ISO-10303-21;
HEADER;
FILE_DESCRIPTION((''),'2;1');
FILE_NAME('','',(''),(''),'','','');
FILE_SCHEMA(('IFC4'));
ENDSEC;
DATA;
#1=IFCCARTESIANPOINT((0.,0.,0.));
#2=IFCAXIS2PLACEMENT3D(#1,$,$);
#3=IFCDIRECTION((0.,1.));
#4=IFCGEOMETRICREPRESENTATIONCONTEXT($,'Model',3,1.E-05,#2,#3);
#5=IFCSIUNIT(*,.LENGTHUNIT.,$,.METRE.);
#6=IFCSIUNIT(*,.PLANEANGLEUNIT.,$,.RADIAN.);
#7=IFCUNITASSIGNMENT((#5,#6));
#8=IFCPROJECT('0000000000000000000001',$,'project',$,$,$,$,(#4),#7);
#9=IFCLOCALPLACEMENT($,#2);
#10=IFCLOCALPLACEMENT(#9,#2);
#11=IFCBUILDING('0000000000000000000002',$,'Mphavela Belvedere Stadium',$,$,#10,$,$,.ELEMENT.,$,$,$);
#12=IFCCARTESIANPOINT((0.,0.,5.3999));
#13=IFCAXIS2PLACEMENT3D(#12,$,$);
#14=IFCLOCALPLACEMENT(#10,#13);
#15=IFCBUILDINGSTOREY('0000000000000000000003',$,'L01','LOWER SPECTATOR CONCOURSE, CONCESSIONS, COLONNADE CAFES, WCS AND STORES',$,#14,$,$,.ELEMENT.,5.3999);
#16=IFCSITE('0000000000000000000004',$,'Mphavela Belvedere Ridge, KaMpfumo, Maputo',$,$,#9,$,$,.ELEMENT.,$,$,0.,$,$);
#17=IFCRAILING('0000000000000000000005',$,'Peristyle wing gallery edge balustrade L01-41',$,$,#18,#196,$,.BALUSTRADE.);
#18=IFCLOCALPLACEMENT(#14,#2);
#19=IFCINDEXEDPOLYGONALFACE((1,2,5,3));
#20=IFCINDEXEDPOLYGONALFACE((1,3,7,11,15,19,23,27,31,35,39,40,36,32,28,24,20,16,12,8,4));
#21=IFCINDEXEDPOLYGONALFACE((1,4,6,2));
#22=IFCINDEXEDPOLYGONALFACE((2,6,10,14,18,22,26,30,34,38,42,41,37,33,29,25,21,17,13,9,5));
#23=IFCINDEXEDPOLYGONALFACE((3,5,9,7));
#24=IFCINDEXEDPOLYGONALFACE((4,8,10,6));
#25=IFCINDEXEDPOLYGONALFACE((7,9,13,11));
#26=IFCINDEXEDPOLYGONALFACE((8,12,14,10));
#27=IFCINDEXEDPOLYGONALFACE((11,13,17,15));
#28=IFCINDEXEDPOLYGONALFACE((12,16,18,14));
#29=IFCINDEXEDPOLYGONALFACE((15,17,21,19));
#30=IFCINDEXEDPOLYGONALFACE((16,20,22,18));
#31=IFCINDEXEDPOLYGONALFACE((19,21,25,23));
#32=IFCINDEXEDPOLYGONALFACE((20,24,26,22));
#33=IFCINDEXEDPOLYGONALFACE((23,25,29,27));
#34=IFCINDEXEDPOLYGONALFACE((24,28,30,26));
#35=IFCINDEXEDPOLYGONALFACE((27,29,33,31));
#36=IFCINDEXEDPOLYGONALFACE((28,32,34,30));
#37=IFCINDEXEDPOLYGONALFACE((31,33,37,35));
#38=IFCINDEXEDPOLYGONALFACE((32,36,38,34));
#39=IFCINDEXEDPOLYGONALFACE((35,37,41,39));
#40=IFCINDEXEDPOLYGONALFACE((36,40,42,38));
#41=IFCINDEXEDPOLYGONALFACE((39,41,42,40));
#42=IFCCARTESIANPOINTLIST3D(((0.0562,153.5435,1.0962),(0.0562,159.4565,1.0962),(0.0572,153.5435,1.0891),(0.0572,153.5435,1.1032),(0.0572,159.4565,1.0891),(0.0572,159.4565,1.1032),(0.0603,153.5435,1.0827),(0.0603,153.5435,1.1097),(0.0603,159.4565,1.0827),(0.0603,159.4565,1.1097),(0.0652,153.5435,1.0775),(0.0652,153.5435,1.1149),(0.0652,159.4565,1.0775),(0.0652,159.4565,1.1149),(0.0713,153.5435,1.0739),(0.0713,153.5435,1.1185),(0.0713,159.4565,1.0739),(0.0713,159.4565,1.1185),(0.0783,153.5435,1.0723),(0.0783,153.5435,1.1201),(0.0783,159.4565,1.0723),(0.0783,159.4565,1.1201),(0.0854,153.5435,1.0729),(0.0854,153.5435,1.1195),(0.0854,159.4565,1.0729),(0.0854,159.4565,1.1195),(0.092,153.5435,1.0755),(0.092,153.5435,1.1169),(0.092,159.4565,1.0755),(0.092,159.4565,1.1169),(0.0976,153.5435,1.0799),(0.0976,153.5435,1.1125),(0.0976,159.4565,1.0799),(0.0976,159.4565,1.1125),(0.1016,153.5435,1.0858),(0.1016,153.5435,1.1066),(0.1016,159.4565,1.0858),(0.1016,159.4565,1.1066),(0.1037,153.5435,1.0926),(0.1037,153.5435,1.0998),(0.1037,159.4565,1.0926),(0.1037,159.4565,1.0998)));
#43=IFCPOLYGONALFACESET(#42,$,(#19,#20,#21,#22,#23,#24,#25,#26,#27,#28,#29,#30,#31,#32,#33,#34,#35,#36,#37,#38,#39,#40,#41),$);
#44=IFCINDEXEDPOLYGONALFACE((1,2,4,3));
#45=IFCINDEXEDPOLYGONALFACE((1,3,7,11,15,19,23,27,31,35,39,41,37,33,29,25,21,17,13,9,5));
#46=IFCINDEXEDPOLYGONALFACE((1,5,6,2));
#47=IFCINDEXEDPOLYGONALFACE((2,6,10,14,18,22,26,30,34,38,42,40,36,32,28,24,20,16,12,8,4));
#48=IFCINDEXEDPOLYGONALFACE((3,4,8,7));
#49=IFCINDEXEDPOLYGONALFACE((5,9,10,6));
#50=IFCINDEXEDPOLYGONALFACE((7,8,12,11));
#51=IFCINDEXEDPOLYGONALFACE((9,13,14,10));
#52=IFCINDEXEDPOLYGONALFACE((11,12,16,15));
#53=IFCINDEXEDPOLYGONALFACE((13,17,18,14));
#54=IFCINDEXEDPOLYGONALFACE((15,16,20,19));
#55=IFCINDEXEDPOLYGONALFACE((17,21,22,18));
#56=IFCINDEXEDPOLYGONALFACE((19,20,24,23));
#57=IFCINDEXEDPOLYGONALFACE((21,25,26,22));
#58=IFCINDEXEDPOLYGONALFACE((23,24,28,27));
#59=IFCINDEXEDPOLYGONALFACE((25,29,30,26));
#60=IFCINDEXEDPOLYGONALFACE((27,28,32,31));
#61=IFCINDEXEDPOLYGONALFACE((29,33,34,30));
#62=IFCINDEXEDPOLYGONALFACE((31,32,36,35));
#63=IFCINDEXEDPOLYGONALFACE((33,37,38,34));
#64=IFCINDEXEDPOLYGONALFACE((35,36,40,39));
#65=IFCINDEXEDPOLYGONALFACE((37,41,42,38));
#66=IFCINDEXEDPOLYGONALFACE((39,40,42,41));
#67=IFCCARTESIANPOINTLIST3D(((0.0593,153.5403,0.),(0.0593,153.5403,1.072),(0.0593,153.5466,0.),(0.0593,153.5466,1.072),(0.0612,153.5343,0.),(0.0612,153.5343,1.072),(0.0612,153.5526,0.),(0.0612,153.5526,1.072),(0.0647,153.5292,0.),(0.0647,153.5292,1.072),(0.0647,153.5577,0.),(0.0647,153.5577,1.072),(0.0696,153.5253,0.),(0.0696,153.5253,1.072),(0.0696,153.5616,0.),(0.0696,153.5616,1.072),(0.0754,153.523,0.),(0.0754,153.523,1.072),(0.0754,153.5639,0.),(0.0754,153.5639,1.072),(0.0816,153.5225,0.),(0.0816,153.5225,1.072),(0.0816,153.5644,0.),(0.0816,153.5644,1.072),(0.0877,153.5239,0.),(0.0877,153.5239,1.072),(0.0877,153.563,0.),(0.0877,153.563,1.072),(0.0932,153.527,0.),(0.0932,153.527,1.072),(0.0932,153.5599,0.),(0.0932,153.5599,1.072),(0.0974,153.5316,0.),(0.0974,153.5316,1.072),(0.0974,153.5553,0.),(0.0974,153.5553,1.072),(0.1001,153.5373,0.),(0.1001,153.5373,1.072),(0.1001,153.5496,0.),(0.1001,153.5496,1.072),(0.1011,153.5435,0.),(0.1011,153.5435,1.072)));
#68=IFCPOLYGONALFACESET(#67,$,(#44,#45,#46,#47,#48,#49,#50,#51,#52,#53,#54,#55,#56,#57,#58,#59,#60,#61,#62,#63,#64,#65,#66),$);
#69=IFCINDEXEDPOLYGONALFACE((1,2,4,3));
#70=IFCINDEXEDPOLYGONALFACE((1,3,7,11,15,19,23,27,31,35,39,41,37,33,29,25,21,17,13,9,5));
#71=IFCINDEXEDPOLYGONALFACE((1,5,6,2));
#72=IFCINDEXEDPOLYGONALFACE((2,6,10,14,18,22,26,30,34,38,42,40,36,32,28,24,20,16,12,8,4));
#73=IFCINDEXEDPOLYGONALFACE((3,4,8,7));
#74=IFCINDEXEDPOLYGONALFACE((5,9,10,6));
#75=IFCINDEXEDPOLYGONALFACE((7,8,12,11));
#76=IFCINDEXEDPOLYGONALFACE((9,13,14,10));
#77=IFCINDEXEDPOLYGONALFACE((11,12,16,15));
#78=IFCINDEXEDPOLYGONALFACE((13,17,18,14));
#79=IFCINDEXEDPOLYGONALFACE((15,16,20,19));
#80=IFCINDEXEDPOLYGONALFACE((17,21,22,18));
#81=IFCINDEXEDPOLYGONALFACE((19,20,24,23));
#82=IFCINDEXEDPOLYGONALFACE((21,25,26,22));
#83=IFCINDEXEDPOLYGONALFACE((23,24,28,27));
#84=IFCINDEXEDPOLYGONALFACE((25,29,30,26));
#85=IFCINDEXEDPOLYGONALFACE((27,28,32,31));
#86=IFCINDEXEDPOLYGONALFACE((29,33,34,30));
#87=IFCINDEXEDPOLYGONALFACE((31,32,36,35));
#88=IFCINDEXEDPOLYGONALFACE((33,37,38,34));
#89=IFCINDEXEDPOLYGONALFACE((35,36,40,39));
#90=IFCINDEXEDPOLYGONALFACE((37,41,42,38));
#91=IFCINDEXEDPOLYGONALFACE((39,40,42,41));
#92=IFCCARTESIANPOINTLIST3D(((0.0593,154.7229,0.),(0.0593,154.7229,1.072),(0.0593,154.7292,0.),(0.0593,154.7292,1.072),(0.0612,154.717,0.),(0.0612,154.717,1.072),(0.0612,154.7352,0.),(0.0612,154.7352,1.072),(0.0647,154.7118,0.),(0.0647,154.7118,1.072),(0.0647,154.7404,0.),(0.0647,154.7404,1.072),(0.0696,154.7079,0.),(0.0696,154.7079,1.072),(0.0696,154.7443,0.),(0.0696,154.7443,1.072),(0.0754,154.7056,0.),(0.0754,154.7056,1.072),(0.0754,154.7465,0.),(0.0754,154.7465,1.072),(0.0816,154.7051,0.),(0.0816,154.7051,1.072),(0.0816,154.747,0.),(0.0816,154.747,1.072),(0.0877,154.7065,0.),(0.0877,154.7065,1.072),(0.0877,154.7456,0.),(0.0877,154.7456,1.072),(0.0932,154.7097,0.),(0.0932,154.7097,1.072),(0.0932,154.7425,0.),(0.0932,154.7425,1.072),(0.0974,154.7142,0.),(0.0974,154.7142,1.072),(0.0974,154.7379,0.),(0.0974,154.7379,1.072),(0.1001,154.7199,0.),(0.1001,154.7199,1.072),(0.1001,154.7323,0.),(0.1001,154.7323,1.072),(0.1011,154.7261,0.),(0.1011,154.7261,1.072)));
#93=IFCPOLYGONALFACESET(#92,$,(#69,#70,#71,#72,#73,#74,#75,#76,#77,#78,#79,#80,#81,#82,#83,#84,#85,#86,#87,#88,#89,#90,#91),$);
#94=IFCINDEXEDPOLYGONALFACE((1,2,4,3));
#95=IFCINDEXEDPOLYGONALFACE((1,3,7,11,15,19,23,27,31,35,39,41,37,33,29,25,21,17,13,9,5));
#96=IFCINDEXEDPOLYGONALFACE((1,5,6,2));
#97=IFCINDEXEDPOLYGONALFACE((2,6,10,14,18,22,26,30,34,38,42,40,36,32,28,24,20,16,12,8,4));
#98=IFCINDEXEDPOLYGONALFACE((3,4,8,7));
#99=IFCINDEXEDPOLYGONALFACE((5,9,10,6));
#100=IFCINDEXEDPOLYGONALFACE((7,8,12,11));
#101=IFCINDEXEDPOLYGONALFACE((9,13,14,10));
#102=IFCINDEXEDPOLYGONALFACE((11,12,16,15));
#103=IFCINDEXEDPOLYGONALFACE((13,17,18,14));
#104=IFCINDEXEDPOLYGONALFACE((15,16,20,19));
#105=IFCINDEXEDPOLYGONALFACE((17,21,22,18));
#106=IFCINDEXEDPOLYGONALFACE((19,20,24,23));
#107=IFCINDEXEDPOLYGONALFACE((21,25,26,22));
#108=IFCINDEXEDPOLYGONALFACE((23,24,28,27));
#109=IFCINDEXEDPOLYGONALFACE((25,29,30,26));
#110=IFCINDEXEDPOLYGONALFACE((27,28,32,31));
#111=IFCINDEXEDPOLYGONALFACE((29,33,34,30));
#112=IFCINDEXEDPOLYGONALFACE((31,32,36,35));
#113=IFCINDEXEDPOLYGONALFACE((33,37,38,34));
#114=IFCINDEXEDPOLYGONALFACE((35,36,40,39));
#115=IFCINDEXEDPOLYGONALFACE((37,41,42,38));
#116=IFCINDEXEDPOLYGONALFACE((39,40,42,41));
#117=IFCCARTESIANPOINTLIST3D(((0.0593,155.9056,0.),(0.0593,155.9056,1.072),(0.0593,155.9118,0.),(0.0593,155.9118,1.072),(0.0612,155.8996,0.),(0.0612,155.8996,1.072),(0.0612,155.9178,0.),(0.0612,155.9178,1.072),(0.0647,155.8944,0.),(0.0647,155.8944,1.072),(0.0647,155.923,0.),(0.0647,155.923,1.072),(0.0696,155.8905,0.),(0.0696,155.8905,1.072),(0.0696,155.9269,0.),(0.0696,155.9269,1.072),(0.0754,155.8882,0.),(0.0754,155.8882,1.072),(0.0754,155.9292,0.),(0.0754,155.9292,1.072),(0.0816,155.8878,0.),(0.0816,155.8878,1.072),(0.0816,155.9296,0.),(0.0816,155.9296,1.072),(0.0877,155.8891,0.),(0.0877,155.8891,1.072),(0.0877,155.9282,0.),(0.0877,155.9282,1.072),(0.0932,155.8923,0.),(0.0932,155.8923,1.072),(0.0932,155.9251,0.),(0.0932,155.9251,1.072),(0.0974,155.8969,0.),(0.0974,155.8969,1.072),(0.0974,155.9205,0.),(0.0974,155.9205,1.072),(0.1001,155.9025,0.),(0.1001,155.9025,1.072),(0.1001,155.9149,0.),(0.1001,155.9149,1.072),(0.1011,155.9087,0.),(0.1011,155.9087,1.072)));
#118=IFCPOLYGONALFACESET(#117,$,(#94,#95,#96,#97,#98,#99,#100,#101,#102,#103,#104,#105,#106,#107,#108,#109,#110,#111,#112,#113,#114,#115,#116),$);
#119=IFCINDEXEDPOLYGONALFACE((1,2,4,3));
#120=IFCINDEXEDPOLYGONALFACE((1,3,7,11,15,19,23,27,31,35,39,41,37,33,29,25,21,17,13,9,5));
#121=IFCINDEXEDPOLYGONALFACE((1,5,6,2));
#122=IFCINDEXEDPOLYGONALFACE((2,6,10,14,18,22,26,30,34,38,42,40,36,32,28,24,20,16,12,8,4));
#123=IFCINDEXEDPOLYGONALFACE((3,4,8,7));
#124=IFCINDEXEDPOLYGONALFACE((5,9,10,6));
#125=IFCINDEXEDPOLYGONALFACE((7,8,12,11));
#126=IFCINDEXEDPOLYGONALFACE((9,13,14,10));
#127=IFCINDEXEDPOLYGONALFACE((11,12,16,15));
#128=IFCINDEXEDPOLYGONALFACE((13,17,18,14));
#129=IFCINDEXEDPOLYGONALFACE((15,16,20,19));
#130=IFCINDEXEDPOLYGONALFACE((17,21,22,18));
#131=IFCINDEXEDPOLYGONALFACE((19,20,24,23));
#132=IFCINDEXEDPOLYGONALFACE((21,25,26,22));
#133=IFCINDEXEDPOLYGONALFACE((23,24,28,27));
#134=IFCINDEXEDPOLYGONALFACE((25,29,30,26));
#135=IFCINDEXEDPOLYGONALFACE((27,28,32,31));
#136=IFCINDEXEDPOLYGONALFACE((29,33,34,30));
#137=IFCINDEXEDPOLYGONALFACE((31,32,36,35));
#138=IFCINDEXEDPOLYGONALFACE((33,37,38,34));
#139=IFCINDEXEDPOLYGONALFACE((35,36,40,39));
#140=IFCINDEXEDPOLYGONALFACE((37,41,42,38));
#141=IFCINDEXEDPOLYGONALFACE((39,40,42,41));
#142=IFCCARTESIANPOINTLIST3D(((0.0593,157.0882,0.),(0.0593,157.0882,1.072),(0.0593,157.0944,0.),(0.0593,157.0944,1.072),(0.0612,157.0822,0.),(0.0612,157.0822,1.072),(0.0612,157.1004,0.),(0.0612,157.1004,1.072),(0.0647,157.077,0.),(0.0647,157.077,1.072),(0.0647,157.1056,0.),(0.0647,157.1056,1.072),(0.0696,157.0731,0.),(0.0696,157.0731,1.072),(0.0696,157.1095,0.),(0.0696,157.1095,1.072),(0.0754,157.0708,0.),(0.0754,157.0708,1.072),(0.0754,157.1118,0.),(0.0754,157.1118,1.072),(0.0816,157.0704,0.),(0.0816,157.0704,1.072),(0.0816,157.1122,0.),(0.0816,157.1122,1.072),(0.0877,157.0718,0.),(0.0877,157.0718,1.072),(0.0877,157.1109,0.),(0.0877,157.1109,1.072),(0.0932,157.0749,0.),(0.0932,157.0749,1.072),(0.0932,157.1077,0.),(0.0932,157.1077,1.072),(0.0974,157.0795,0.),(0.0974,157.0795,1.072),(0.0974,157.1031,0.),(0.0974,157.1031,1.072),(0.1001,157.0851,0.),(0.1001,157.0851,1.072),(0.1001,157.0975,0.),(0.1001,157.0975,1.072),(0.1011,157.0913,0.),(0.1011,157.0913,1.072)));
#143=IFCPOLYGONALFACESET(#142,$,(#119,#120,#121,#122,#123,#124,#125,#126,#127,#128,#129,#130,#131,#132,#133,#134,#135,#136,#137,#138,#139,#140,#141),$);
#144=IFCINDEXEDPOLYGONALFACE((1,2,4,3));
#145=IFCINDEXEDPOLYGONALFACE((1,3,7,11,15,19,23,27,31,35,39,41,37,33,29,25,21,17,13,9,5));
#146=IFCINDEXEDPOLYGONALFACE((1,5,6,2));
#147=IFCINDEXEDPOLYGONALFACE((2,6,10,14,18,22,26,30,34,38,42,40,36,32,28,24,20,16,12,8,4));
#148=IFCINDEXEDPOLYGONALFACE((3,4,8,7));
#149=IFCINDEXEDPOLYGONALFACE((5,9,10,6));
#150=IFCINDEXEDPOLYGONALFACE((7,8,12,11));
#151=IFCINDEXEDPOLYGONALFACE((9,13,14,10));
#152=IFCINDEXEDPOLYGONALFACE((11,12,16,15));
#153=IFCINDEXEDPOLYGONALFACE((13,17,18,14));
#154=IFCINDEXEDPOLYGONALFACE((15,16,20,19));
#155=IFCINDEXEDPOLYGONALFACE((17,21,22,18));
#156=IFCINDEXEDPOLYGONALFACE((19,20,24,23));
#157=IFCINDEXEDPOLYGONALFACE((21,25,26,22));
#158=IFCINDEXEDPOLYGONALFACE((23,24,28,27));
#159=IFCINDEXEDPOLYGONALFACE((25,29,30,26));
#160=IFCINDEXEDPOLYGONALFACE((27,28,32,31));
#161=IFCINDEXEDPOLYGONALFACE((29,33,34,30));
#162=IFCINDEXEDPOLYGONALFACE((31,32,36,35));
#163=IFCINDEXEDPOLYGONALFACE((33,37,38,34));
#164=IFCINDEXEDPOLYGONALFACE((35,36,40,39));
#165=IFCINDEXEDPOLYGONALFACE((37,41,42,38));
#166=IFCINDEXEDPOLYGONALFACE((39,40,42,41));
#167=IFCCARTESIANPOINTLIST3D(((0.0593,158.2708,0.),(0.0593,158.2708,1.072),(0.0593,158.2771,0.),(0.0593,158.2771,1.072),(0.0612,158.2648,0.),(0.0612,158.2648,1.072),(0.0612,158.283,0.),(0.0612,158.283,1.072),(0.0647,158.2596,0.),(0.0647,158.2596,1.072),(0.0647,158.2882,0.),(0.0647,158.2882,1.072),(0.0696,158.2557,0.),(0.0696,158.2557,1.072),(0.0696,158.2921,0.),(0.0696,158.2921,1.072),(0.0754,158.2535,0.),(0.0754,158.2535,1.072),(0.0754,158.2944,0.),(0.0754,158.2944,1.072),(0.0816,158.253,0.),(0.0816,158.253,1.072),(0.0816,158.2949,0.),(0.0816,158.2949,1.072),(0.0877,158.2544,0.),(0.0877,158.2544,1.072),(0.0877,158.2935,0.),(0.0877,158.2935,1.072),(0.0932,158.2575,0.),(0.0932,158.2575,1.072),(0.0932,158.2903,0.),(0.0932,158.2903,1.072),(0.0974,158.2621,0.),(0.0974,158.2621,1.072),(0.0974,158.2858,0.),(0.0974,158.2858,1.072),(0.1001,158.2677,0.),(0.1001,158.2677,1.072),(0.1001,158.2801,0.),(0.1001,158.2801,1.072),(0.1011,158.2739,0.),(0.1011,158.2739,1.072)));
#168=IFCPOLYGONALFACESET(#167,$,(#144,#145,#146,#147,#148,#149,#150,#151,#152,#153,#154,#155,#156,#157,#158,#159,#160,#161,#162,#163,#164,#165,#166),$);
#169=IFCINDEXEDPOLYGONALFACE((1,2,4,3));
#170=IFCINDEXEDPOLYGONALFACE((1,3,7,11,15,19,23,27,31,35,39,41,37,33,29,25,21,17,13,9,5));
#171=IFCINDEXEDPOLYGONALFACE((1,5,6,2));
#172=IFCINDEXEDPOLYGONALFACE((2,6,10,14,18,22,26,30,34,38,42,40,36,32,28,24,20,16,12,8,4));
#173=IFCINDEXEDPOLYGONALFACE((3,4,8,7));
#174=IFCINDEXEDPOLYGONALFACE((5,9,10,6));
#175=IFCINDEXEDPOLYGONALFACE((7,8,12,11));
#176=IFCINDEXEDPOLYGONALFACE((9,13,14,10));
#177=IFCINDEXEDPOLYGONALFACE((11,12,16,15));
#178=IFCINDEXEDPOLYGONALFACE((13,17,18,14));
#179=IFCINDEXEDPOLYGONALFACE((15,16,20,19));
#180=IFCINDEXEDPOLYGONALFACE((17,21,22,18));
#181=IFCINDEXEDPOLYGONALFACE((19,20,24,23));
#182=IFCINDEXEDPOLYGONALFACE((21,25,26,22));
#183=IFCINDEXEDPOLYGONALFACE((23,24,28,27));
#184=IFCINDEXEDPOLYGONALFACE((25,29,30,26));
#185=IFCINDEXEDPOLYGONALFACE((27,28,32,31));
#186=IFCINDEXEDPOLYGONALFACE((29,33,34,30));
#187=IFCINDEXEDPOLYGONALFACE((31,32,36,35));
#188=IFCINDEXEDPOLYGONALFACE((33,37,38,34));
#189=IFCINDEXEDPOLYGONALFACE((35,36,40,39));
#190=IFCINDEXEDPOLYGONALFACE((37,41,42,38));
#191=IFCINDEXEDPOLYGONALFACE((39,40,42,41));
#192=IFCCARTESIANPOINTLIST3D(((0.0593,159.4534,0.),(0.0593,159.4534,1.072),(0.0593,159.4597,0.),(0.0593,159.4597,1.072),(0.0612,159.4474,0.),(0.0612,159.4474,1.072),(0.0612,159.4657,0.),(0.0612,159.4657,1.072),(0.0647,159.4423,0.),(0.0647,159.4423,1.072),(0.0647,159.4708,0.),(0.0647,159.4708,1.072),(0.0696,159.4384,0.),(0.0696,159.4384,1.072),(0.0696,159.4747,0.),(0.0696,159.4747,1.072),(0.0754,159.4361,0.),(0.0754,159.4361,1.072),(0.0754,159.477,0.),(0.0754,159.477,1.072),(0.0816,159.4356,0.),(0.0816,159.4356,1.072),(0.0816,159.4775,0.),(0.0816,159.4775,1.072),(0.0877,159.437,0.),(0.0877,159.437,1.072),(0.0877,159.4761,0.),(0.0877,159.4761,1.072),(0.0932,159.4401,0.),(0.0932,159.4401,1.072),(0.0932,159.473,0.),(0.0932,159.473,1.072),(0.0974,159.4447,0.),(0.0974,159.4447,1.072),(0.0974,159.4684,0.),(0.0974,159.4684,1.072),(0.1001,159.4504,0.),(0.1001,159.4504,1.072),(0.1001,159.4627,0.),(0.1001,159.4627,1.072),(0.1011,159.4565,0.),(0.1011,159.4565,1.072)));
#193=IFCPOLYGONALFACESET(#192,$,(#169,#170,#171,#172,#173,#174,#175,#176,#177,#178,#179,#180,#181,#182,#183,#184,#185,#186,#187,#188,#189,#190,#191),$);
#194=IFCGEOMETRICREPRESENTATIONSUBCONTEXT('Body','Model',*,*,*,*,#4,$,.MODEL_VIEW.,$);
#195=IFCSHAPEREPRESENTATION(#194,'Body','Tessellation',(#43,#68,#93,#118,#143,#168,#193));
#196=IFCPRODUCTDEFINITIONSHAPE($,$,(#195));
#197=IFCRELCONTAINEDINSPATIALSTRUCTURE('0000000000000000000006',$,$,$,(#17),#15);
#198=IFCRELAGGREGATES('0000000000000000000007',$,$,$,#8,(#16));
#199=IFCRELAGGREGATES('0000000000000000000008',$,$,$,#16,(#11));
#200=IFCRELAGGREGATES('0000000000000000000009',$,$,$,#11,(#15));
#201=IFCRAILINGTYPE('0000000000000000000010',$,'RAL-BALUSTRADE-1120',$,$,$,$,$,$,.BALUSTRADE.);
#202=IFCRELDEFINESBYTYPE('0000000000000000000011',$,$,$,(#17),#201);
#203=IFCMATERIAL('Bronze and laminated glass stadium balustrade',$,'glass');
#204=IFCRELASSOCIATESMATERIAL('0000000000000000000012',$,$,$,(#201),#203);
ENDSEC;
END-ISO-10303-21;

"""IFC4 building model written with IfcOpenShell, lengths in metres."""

from ifc_helpers import new_model, si_unit, direction, frame, origin, origin_2d, place, context, subcontext, project, spatial, circle, extrude, material, type_object, element, save


model = new_model("IFC4")

# Units and contexts
model_context = context("Model", 3, precision=1e-05, world=origin(), true_north=direction((0.0, 1.0)))
body_context = subcontext(model_context, "Body", "Model", "MODEL_VIEW")
ifc_project = project(units=[si_unit("LENGTHUNIT", "METRE"), si_unit("PLANEANGLEUNIT", "RADIAN")], contexts=[model_context])

# Site, building, storey
site_placement = place(None, origin())
site = spatial("IfcSite", under=ifc_project, at=site_placement, Name="Mphavela Belvedere Ridge, KaMpfumo, Maputo", CompositionType="ELEMENT", RefElevation=0.0)
building_placement = place(site_placement, origin())
building = spatial("IfcBuilding", under=site, at=building_placement, Name="Mphavela Belvedere Stadium", CompositionType="ELEMENT")
storey_placement = place(building_placement, frame((0.0, 0.0, 5.3999)))
storey = spatial("IfcBuildingStorey", under=building, at=storey_placement, Name="L01", Description="LOWER SPECTATOR CONCOURSE, CONCESSIONS, COLONNADE CAFES, WCS AND STORES", CompositionType="ELEMENT", Elevation=5.3999)

# Railing
ifc_material_1 = material(Name="Bronze and laminated glass stadium balustrade", Category="glass")
railing_type = type_object("IfcRailingType", Name="RAL-BALUSTRADE-1120", PredefinedType="BALUSTRADE", material=ifc_material_1)
for number, where, name in (
    (1, (0.0801, 153.5435, 0.0), "Peristyle wing gallery edge balustrade L01-41"),
):
    element("IfcRailing", number, at=place(storey_placement, frame(where)), inside=storey, type_object=railing_type, Name=name, PredefinedType="BALUSTRADE", context=body_context, shape_type="SweptSolid", body=[
        extrude(circle(Radius=0.0239, at=origin_2d()), frame((0.0, 0.0, 1.0962), z_axis=(0.0, 1.0, 0.0), x_axis=(-1.0, 0.0, 0.0)), (0.0, 0.0, 1.0), 5.9131),
        extrude(circle(Radius=0.021, at=origin_2d()), origin(), (0.0, 0.0, 1.0), 1.072),
        extrude(circle(Radius=0.021, at=origin_2d()), frame((0.0, 1.1826, 0.0)), (0.0, 0.0, 1.0), 1.072),
        extrude(circle(Radius=0.021, at=origin_2d()), frame((0.0, 2.3652, 0.0)), (0.0, 0.0, 1.0), 1.072),
        extrude(circle(Radius=0.021, at=origin_2d()), frame((0.0, 3.5479, 0.0)), (0.0, 0.0, 1.0), 1.072),
        extrude(circle(Radius=0.021, at=origin_2d()), frame((0.0, 4.7305, 0.0)), (0.0, 0.0, 1.0), 1.072),
        extrude(circle(Radius=0.021, at=origin_2d()), frame((0.0, 5.9131, 0.0)), (0.0, 0.0, 1.0), 1.072),
    ])

save(model, "model.ifc")
